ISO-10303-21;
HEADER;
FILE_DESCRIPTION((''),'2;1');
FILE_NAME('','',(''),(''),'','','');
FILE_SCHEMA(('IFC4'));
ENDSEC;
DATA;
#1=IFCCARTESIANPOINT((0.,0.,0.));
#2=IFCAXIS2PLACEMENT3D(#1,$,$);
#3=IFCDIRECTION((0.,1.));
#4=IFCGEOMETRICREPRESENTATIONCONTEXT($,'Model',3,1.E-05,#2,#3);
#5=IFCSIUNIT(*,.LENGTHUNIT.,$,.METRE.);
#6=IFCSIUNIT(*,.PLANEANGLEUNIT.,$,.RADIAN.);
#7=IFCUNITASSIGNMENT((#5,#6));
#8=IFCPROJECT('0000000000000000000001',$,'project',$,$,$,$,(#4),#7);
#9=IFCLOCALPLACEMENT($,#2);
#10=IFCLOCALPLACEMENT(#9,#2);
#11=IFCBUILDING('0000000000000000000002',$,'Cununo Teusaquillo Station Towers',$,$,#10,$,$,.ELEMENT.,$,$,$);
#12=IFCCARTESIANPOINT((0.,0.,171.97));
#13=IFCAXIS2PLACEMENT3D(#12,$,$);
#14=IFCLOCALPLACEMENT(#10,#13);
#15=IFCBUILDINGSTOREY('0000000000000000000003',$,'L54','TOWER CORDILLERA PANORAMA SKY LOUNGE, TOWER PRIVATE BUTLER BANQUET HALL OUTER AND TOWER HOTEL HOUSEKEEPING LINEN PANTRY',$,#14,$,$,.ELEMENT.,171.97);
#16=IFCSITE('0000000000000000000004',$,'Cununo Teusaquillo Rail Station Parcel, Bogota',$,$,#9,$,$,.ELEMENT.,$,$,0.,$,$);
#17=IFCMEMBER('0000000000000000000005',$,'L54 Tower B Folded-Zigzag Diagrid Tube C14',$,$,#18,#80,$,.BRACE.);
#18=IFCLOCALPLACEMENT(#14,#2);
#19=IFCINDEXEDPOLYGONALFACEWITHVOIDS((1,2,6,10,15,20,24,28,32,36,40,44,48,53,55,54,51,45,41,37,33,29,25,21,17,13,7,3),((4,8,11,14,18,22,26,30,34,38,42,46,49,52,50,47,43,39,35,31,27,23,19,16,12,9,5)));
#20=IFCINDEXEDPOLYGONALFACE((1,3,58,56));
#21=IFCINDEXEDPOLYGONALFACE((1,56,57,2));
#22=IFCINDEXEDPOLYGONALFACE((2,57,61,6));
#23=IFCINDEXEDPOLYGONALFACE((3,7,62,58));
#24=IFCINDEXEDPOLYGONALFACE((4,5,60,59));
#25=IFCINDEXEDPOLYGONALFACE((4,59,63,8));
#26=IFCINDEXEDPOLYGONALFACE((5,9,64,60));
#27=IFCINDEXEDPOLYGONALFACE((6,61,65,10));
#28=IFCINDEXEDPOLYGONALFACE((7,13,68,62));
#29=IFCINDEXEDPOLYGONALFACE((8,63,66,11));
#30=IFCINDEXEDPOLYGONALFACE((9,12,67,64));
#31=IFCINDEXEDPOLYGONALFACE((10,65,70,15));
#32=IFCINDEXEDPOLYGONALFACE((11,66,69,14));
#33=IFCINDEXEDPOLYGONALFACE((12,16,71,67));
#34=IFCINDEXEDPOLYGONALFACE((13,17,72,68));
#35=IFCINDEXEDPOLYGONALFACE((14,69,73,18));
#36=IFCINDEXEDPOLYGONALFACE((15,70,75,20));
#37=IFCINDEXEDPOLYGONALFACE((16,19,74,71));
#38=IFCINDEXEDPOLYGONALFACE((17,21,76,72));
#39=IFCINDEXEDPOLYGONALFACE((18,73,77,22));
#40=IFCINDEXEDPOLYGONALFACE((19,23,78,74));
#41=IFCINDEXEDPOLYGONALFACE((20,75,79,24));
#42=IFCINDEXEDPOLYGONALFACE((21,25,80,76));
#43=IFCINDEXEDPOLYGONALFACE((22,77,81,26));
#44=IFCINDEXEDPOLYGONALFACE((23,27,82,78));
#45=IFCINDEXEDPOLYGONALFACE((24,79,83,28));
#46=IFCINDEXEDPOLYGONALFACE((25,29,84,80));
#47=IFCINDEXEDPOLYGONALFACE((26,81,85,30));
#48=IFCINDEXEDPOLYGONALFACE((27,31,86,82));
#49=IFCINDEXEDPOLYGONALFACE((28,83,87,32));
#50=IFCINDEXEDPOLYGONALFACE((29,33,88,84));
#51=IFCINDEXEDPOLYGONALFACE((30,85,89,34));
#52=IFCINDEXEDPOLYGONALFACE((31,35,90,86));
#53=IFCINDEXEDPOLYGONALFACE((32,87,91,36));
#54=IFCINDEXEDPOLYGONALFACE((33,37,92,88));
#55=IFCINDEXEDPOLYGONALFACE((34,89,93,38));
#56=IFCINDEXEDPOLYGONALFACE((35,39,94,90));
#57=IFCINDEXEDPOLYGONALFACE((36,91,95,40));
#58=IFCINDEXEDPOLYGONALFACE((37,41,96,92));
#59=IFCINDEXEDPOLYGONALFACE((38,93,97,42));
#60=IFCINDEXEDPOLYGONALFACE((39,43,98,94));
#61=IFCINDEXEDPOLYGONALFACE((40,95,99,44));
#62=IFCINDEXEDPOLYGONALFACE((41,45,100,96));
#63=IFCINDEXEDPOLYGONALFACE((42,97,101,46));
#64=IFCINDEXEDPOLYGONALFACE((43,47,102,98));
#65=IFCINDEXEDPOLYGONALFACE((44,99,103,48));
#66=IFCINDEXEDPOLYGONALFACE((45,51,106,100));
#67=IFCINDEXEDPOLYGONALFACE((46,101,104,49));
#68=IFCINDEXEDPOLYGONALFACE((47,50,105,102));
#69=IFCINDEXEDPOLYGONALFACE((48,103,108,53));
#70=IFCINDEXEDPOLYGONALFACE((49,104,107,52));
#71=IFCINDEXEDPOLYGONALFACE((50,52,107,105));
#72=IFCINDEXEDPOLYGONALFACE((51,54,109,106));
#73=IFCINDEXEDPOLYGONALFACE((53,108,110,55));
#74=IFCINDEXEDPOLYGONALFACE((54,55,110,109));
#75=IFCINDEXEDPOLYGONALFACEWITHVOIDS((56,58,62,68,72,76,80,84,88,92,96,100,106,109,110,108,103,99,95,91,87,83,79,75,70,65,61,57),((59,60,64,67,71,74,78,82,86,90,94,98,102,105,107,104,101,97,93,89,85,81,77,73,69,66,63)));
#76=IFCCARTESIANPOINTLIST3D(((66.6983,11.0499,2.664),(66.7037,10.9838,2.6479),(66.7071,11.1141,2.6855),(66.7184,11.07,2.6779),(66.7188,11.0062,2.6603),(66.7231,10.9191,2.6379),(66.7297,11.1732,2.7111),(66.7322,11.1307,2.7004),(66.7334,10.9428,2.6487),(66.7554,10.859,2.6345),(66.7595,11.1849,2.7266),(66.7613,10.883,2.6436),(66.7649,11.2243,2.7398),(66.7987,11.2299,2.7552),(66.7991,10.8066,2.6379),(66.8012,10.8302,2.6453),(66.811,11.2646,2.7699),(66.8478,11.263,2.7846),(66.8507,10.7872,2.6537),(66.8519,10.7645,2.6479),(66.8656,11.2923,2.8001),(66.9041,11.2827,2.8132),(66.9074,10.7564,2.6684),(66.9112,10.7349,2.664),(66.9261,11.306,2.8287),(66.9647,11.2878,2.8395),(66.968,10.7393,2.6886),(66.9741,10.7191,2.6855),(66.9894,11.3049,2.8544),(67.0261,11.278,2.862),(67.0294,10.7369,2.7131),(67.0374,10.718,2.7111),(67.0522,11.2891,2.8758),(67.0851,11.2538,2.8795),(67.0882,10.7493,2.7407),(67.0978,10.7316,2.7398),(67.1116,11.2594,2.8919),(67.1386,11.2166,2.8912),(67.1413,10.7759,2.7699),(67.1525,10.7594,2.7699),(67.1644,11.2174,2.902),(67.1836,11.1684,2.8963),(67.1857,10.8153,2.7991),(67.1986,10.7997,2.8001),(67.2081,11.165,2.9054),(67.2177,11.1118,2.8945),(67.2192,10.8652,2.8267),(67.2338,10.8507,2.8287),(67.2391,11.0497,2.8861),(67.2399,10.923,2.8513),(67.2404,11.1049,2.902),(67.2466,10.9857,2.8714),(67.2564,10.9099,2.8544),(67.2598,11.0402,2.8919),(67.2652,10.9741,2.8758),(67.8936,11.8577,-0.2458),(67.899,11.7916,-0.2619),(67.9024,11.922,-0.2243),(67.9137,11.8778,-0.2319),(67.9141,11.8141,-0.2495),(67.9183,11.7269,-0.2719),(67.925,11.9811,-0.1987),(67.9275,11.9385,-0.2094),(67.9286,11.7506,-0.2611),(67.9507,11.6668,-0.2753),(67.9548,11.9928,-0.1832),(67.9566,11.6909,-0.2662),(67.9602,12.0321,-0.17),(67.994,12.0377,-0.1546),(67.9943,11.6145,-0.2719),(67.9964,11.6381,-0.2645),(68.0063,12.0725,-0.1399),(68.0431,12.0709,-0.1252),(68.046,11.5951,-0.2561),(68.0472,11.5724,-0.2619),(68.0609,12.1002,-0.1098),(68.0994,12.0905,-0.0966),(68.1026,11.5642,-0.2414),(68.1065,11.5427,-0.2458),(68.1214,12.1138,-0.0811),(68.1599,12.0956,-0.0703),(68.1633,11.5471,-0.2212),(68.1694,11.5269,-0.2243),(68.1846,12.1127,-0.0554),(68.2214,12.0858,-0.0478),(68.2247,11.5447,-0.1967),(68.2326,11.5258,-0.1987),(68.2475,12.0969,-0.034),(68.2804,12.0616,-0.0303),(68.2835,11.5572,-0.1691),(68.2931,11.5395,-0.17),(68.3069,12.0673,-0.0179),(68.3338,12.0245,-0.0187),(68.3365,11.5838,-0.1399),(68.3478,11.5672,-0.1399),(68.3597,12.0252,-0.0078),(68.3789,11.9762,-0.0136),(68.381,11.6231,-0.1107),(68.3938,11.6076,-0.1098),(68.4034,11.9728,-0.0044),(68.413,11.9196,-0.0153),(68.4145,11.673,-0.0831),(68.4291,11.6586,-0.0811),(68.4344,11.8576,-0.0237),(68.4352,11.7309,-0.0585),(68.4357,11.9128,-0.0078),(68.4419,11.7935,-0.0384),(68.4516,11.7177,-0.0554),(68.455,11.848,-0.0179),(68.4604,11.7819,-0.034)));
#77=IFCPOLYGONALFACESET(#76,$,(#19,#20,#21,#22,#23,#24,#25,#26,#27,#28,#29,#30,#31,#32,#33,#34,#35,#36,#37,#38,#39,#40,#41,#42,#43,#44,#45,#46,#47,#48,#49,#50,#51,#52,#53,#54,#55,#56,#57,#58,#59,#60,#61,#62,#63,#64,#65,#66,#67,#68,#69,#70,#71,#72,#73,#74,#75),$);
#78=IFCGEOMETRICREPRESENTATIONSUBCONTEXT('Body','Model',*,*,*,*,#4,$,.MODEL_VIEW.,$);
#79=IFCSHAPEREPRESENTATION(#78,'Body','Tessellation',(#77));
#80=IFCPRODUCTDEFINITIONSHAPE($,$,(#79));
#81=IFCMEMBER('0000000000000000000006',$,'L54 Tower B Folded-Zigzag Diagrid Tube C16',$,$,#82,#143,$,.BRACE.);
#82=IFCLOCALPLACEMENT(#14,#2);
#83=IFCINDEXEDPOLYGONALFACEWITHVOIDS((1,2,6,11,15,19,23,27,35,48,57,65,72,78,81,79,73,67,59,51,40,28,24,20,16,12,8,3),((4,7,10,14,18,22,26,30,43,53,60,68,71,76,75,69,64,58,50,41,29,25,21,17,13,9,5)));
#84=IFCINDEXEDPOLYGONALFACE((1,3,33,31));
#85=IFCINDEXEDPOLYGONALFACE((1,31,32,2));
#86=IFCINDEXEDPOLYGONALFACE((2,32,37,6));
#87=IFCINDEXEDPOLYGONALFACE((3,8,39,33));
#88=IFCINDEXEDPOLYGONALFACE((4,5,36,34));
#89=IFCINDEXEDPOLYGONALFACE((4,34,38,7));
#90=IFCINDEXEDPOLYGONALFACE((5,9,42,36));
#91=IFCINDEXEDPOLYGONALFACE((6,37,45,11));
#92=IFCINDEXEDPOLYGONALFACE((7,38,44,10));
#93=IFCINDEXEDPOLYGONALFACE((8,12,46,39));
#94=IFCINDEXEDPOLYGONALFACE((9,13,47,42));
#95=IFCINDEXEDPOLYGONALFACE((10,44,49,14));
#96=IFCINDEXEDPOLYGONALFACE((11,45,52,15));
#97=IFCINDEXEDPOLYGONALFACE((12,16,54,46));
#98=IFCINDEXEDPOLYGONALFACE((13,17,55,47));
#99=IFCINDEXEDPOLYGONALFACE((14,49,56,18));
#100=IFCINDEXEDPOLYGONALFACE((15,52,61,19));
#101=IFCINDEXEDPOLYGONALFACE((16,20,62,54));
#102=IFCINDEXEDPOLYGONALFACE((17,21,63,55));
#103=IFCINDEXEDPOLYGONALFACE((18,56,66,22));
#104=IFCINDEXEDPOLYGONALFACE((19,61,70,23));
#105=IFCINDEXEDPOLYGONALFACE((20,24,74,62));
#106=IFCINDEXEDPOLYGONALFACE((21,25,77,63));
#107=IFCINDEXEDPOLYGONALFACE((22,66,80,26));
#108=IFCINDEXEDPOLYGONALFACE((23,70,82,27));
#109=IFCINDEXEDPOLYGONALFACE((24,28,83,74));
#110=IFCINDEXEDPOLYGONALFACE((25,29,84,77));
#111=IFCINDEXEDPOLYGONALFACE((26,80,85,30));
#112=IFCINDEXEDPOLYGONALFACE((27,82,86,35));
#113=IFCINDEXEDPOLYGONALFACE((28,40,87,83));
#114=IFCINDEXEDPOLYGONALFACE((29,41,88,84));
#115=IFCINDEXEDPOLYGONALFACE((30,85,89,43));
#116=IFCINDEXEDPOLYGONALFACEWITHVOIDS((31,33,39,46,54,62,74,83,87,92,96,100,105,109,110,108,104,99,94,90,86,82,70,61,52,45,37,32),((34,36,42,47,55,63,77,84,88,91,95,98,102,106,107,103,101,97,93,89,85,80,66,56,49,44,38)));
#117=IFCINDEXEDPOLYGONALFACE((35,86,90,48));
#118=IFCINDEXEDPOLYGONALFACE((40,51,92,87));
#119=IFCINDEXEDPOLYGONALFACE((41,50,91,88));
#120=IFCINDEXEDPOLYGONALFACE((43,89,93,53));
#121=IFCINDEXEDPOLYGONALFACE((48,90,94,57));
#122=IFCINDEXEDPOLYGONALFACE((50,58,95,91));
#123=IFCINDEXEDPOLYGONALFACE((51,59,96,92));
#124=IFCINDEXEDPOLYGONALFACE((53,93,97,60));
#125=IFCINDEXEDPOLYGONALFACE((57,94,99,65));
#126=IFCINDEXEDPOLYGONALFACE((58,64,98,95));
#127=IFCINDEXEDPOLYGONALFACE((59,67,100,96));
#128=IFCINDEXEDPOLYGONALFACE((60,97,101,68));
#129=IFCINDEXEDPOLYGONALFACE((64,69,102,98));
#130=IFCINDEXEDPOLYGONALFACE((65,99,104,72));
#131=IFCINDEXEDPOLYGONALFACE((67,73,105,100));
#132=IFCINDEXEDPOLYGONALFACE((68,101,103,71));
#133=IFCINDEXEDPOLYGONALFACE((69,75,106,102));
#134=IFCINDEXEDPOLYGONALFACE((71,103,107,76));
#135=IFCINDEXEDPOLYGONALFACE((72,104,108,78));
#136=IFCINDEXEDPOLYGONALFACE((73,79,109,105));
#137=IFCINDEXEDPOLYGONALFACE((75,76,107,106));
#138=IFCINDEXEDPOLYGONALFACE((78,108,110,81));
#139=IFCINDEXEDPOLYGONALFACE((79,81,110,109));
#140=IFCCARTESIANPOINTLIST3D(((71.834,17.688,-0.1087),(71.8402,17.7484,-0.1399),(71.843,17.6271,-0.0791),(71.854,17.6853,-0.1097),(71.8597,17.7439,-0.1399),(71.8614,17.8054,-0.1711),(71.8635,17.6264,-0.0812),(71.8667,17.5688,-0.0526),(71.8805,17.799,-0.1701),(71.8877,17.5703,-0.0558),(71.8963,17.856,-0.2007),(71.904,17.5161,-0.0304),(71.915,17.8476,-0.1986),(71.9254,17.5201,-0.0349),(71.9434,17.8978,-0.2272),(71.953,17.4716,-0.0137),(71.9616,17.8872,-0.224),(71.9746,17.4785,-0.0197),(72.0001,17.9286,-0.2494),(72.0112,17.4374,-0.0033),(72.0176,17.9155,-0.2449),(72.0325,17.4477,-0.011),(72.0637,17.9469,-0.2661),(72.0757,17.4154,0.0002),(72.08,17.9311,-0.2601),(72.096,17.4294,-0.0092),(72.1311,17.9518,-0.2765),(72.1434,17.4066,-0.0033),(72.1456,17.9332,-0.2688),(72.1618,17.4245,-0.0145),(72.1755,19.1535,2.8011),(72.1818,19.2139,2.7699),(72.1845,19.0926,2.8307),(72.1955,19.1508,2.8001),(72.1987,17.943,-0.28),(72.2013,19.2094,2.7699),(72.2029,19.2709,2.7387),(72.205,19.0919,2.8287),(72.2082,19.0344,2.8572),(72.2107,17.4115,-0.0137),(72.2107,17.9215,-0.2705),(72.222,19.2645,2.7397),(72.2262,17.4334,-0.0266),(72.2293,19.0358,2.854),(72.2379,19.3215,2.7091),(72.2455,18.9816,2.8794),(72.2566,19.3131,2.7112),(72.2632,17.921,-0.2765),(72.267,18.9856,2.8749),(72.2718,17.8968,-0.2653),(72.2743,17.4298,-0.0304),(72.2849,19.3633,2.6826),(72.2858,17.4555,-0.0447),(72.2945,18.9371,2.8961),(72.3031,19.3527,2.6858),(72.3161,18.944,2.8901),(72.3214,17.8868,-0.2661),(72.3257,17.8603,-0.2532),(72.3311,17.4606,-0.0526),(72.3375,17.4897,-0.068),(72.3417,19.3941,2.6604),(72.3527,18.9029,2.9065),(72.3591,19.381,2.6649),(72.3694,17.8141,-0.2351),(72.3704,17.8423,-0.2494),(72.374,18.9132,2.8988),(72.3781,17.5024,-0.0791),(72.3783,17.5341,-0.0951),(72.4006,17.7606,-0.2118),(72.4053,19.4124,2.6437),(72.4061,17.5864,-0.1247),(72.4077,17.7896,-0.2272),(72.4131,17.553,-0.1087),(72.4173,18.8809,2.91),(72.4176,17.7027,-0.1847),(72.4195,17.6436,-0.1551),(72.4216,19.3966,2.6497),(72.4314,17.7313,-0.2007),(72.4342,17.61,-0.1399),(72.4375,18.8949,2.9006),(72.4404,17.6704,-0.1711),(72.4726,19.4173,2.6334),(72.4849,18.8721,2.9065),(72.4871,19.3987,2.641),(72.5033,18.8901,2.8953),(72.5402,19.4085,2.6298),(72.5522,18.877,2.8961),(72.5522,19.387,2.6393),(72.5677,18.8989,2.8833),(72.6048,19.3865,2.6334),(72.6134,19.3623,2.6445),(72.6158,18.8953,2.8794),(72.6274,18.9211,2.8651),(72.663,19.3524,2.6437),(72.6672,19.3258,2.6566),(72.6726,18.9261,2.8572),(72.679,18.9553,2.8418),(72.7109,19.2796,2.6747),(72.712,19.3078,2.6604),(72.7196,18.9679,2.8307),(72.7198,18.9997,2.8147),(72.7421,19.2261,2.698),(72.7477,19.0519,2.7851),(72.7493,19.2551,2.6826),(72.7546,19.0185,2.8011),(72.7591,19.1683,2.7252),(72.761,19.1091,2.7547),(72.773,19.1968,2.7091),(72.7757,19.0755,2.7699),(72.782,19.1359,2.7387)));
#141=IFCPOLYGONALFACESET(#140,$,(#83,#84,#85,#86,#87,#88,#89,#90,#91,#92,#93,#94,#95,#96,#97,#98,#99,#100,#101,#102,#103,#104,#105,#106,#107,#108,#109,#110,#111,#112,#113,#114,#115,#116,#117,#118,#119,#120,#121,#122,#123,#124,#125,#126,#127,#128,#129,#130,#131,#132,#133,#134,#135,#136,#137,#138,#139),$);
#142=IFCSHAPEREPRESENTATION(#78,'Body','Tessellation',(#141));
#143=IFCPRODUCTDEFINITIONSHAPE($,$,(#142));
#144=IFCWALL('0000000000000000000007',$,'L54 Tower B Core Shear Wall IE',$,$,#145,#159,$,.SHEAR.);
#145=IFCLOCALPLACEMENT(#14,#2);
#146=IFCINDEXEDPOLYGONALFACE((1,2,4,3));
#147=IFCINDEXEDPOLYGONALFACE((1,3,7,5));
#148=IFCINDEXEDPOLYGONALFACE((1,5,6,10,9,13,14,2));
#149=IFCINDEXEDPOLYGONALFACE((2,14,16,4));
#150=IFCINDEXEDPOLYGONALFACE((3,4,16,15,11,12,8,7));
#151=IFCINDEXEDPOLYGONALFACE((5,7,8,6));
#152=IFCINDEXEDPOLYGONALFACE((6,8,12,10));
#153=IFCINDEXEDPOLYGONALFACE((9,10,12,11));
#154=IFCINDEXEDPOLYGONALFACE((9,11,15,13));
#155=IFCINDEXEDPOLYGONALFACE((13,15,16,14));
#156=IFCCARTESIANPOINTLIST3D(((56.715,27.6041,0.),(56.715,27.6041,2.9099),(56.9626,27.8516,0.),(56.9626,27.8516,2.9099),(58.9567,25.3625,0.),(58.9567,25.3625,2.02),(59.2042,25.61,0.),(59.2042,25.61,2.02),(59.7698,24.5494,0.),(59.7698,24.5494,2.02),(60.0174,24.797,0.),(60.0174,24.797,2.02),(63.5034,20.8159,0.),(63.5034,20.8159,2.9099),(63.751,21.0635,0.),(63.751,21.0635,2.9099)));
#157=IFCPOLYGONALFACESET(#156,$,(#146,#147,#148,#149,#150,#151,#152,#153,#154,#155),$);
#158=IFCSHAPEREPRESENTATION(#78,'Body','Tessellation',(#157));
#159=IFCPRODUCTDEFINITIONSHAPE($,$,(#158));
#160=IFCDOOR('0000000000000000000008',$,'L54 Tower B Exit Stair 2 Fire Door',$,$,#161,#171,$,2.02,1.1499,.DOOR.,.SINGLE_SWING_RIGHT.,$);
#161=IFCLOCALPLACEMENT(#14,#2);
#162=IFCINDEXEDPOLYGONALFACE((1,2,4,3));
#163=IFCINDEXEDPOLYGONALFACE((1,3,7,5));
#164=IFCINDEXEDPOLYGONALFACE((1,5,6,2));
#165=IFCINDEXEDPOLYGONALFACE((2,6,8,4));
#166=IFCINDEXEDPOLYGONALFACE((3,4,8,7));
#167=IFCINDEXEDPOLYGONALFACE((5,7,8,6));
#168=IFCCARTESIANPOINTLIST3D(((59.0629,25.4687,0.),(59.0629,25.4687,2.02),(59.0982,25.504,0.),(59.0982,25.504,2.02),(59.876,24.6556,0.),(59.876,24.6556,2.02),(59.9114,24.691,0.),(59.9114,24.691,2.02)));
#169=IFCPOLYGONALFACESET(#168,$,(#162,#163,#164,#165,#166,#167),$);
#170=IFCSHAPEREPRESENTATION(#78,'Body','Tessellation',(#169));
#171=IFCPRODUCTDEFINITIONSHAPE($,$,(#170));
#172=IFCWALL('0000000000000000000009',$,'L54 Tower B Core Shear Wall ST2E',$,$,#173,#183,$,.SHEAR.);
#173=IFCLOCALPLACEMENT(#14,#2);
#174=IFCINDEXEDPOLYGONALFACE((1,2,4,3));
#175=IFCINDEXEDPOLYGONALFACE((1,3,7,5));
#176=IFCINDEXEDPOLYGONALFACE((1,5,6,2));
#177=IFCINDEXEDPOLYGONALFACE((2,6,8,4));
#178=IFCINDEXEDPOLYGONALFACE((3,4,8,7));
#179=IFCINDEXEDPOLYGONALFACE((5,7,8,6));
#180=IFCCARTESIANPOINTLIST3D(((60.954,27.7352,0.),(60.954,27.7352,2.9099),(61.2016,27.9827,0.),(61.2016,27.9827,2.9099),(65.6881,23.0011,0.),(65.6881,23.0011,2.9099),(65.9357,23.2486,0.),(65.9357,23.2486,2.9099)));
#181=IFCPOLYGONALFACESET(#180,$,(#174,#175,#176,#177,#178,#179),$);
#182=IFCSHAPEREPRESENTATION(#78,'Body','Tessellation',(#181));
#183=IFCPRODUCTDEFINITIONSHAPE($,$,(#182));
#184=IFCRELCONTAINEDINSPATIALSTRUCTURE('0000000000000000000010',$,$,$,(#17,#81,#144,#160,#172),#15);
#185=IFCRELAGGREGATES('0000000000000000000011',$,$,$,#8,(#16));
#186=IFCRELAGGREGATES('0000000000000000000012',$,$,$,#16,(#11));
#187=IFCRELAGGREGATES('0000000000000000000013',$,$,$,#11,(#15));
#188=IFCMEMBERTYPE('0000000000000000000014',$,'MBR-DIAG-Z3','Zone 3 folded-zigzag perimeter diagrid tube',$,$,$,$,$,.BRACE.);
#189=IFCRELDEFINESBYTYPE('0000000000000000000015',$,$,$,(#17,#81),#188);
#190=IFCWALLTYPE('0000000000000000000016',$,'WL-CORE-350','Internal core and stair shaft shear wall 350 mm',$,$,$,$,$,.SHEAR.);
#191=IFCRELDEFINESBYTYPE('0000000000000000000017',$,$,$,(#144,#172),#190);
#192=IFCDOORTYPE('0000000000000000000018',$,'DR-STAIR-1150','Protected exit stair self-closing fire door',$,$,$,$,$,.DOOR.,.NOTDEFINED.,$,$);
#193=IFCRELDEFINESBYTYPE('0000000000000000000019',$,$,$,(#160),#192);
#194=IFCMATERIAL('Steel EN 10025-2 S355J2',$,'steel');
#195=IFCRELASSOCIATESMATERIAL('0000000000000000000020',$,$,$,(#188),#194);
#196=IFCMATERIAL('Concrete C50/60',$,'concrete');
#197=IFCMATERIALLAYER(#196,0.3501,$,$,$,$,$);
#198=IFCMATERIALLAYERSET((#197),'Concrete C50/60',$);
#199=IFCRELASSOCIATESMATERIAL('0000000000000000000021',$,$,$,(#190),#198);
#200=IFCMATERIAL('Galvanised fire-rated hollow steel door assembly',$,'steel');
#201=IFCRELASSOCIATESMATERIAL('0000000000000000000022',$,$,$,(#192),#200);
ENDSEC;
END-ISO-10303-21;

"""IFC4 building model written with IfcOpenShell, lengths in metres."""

from ifc_helpers import new_model, si_unit, direction, frame, frame_2d, origin, origin_2d, place, context, subcontext, project, spatial, rectangle, hollow_circle, extrude, source, transform, mapped, material, layer, layer_set, material_profile, profile_set, type_object, element, fill, save


model = new_model("IFC4")

# Units and contexts
model_context = context("Model", 3, precision=1e-05, world=origin(), true_north=direction((0.0, 1.0)))
body_context = subcontext(model_context, "Body", "Model", "MODEL_VIEW")
ifc_project = project(units=[si_unit("LENGTHUNIT", "METRE"), si_unit("PLANEANGLEUNIT", "RADIAN")], contexts=[model_context])

# Site, building, storey
site_placement = place(None, origin())
site = spatial("IfcSite", under=ifc_project, at=site_placement, Name="Cununo Teusaquillo Rail Station Parcel, Bogota", CompositionType="ELEMENT", RefElevation=0.0)
building_placement = place(site_placement, origin())
building = spatial("IfcBuilding", under=site, at=building_placement, Name="Cununo Teusaquillo Station Towers", CompositionType="ELEMENT")
storey_placement = place(building_placement, frame((0.0, 0.0, 171.97)))
storey = spatial("IfcBuildingStorey", under=building, at=storey_placement, Name="L54", Description="TOWER CORDILLERA PANORAMA SKY LOUNGE, TOWER PRIVATE BUTLER BANQUET HALL OUTER AND TOWER HOTEL HOUSEKEEPING LINEN PANTRY", CompositionType="ELEMENT", Elevation=171.97)

# Members
ifc_material_1 = material(Name="Steel EN 10025-2 S355J2", Category="steel")
ifc_material_profile_1 = material_profile(ifc_material_1, hollow_circle(Radius=0.3049, WallThickness=0.02, at=origin_2d()), Name="CHS 610x20")
ifc_profile_set_1 = profile_set([ifc_material_profile_1], Name="Steel EN 10025-2 S355J2")
member_type = type_object("IfcMemberType", Name="MBR-DIAG-Z3", Description="Zone 3 folded-zigzag perimeter diagrid tube", PredefinedType="BRACE", material=ifc_profile_set_1)
member_1_placement = place(storey_placement, frame((68.177, 11.8198, -0.1399), z_axis=(-0.368024, -0.248732, 0.89593), x_axis=(0.559961, -0.828519, 0.0)))
element("IfcMember", 1, at=member_1_placement, inside=storey, type_object=member_type, Name="L54 Tower B Folded-Zigzag Diagrid Tube C14", PredefinedType="BRACE", context=body_context, shape_type="SweptSolid", body=[
    extrude(hollow_circle(Radius=0.3049, WallThickness=0.02, at=origin_2d()), origin(), (0.0, 0.0, 1.0), 3.2478),
])
member_2_placement = place(storey_placement, frame((72.1372, 17.6792, -0.1399), z_axis=(0.104259, 0.447368, 0.888252), x_axis=(-0.973902, 0.226968, 0.0)))
element("IfcMember", 2, at=member_2_placement, inside=storey, type_object=member_type, Name="L54 Tower B Folded-Zigzag Diagrid Tube C16", PredefinedType="BRACE", context=body_context, shape_type="SweptSolid", body=[
    extrude(hollow_circle(Radius=0.3049, WallThickness=0.02, at=origin_2d()), origin(), (0.0, 0.0, 1.0), 3.2759),
])

# Wall, opening, door
ifc_material_2 = material(Name="Concrete C50/60", Category="concrete")
ifc_layer_1 = layer(ifc_material_2, 0.3501)
ifc_layer_set_1 = layer_set([ifc_layer_1], Name="Concrete C50/60")
wall_type_1 = type_object("IfcWallType", Name="WL-CORE-350", Description="Internal core and stair shaft shear wall 350 mm", PredefinedType="SHEAR", material=ifc_layer_set_1)
wall_1_placement = place(storey_placement, frame((63.6272, 20.9397, 0.0), z_axis=(0.0, 0.0, 1.0), x_axis=(-0.707119, 0.707094, 0.0)))
wall_1 = element("IfcWall", 3, at=wall_1_placement, inside=storey, type_object=wall_type_1, Name="L54 Tower B Core Shear Wall IE", PredefinedType="SHEAR", context=body_context, shape_type="SweptSolid", body=[
    extrude(rectangle(XDim=9.6001, YDim=0.3501, at=frame_2d((4.8, 0.0))), origin(), (0.0, 0.0, 1.0), 2.9099),
])
shared_shape_1 = source(origin(), body_context, "Body", "SweptSolid", [
    extrude(rectangle(XDim=1.1499, YDim=2.02, at=frame_2d((0.575, 1.01))), frame((0.0, 0.1851, 0.0), z_axis=(0.0, -1.0, 0.0), x_axis=(1.0, 0.0, 0.0)), (0.0, 0.0, 1.0), 0.3701),
])
opening_1_placement = place(wall_1_placement, frame((5.28, 0.0, 0.0)))
opening_1 = element("IfcOpeningElement", 4, at=opening_1_placement, cuts=wall_1, PredefinedType="OPENING", context=body_context, shape_type="MappedRepresentation", body=[
    mapped(shared_shape_1, transform((0.0, 0.0, 0.0), x_axis=(1.0, 0.0, 0.0), y_axis=(0.0, 1.0, 0.0), z_axis=(0.0, 0.0, 1.0), scale=1.0)),
])
ifc_material_3 = material(Name="Galvanised fire-rated hollow steel door assembly", Category="steel")
door_type_1 = type_object("IfcDoorType", Name="DR-STAIR-1150", Description="Protected exit stair self-closing fire door", OperationType="NOTDEFINED", PredefinedType="DOOR", material=ifc_material_3)
shared_shape_2 = source(origin(), body_context, "Body", "SweptSolid", [
    extrude(rectangle(XDim=1.1499, YDim=2.02, at=frame_2d((0.575, 1.01))), frame((0.0, 0.0249, 0.0), z_axis=(0.0, -1.0, 0.0), x_axis=(1.0, 0.0, 0.0)), (0.0, 0.0, 1.0), 0.05),
])
door_1_placement = place(opening_1_placement, origin())
door_1 = element("IfcDoor", 5, at=door_1_placement, inside=storey, type_object=door_type_1, Name="L54 Tower B Exit Stair 2 Fire Door", OperationType="SINGLE_SWING_RIGHT", OverallHeight=2.02, OverallWidth=1.1499, PredefinedType="DOOR", context=body_context, shape_type="MappedRepresentation", body=[
    mapped(shared_shape_2, transform((0.0, 0.0, 0.0), x_axis=(1.0, 0.0, 0.0), y_axis=(0.0, 1.0, 0.0), z_axis=(0.0, 0.0, 1.0), scale=1.0)),
])
fill(opening_1, door_1)

# Wall
wall_2_placement = place(storey_placement, frame((65.812, 23.1248, 0.0), z_axis=(0.0, 0.0, 1.0), x_axis=(-0.707107, 0.707107, 0.0)))
element("IfcWall", 6, at=wall_2_placement, inside=storey, type_object=wall_type_1, Name="L54 Tower B Core Shear Wall ST2E", PredefinedType="SHEAR", context=body_context, shape_type="SweptSolid", body=[
    extrude(rectangle(XDim=6.6951, YDim=0.3501, at=frame_2d((3.3477, 0.0))), origin(), (0.0, 0.0, 1.0), 2.9099),
])

save(model, "model.ifc")
